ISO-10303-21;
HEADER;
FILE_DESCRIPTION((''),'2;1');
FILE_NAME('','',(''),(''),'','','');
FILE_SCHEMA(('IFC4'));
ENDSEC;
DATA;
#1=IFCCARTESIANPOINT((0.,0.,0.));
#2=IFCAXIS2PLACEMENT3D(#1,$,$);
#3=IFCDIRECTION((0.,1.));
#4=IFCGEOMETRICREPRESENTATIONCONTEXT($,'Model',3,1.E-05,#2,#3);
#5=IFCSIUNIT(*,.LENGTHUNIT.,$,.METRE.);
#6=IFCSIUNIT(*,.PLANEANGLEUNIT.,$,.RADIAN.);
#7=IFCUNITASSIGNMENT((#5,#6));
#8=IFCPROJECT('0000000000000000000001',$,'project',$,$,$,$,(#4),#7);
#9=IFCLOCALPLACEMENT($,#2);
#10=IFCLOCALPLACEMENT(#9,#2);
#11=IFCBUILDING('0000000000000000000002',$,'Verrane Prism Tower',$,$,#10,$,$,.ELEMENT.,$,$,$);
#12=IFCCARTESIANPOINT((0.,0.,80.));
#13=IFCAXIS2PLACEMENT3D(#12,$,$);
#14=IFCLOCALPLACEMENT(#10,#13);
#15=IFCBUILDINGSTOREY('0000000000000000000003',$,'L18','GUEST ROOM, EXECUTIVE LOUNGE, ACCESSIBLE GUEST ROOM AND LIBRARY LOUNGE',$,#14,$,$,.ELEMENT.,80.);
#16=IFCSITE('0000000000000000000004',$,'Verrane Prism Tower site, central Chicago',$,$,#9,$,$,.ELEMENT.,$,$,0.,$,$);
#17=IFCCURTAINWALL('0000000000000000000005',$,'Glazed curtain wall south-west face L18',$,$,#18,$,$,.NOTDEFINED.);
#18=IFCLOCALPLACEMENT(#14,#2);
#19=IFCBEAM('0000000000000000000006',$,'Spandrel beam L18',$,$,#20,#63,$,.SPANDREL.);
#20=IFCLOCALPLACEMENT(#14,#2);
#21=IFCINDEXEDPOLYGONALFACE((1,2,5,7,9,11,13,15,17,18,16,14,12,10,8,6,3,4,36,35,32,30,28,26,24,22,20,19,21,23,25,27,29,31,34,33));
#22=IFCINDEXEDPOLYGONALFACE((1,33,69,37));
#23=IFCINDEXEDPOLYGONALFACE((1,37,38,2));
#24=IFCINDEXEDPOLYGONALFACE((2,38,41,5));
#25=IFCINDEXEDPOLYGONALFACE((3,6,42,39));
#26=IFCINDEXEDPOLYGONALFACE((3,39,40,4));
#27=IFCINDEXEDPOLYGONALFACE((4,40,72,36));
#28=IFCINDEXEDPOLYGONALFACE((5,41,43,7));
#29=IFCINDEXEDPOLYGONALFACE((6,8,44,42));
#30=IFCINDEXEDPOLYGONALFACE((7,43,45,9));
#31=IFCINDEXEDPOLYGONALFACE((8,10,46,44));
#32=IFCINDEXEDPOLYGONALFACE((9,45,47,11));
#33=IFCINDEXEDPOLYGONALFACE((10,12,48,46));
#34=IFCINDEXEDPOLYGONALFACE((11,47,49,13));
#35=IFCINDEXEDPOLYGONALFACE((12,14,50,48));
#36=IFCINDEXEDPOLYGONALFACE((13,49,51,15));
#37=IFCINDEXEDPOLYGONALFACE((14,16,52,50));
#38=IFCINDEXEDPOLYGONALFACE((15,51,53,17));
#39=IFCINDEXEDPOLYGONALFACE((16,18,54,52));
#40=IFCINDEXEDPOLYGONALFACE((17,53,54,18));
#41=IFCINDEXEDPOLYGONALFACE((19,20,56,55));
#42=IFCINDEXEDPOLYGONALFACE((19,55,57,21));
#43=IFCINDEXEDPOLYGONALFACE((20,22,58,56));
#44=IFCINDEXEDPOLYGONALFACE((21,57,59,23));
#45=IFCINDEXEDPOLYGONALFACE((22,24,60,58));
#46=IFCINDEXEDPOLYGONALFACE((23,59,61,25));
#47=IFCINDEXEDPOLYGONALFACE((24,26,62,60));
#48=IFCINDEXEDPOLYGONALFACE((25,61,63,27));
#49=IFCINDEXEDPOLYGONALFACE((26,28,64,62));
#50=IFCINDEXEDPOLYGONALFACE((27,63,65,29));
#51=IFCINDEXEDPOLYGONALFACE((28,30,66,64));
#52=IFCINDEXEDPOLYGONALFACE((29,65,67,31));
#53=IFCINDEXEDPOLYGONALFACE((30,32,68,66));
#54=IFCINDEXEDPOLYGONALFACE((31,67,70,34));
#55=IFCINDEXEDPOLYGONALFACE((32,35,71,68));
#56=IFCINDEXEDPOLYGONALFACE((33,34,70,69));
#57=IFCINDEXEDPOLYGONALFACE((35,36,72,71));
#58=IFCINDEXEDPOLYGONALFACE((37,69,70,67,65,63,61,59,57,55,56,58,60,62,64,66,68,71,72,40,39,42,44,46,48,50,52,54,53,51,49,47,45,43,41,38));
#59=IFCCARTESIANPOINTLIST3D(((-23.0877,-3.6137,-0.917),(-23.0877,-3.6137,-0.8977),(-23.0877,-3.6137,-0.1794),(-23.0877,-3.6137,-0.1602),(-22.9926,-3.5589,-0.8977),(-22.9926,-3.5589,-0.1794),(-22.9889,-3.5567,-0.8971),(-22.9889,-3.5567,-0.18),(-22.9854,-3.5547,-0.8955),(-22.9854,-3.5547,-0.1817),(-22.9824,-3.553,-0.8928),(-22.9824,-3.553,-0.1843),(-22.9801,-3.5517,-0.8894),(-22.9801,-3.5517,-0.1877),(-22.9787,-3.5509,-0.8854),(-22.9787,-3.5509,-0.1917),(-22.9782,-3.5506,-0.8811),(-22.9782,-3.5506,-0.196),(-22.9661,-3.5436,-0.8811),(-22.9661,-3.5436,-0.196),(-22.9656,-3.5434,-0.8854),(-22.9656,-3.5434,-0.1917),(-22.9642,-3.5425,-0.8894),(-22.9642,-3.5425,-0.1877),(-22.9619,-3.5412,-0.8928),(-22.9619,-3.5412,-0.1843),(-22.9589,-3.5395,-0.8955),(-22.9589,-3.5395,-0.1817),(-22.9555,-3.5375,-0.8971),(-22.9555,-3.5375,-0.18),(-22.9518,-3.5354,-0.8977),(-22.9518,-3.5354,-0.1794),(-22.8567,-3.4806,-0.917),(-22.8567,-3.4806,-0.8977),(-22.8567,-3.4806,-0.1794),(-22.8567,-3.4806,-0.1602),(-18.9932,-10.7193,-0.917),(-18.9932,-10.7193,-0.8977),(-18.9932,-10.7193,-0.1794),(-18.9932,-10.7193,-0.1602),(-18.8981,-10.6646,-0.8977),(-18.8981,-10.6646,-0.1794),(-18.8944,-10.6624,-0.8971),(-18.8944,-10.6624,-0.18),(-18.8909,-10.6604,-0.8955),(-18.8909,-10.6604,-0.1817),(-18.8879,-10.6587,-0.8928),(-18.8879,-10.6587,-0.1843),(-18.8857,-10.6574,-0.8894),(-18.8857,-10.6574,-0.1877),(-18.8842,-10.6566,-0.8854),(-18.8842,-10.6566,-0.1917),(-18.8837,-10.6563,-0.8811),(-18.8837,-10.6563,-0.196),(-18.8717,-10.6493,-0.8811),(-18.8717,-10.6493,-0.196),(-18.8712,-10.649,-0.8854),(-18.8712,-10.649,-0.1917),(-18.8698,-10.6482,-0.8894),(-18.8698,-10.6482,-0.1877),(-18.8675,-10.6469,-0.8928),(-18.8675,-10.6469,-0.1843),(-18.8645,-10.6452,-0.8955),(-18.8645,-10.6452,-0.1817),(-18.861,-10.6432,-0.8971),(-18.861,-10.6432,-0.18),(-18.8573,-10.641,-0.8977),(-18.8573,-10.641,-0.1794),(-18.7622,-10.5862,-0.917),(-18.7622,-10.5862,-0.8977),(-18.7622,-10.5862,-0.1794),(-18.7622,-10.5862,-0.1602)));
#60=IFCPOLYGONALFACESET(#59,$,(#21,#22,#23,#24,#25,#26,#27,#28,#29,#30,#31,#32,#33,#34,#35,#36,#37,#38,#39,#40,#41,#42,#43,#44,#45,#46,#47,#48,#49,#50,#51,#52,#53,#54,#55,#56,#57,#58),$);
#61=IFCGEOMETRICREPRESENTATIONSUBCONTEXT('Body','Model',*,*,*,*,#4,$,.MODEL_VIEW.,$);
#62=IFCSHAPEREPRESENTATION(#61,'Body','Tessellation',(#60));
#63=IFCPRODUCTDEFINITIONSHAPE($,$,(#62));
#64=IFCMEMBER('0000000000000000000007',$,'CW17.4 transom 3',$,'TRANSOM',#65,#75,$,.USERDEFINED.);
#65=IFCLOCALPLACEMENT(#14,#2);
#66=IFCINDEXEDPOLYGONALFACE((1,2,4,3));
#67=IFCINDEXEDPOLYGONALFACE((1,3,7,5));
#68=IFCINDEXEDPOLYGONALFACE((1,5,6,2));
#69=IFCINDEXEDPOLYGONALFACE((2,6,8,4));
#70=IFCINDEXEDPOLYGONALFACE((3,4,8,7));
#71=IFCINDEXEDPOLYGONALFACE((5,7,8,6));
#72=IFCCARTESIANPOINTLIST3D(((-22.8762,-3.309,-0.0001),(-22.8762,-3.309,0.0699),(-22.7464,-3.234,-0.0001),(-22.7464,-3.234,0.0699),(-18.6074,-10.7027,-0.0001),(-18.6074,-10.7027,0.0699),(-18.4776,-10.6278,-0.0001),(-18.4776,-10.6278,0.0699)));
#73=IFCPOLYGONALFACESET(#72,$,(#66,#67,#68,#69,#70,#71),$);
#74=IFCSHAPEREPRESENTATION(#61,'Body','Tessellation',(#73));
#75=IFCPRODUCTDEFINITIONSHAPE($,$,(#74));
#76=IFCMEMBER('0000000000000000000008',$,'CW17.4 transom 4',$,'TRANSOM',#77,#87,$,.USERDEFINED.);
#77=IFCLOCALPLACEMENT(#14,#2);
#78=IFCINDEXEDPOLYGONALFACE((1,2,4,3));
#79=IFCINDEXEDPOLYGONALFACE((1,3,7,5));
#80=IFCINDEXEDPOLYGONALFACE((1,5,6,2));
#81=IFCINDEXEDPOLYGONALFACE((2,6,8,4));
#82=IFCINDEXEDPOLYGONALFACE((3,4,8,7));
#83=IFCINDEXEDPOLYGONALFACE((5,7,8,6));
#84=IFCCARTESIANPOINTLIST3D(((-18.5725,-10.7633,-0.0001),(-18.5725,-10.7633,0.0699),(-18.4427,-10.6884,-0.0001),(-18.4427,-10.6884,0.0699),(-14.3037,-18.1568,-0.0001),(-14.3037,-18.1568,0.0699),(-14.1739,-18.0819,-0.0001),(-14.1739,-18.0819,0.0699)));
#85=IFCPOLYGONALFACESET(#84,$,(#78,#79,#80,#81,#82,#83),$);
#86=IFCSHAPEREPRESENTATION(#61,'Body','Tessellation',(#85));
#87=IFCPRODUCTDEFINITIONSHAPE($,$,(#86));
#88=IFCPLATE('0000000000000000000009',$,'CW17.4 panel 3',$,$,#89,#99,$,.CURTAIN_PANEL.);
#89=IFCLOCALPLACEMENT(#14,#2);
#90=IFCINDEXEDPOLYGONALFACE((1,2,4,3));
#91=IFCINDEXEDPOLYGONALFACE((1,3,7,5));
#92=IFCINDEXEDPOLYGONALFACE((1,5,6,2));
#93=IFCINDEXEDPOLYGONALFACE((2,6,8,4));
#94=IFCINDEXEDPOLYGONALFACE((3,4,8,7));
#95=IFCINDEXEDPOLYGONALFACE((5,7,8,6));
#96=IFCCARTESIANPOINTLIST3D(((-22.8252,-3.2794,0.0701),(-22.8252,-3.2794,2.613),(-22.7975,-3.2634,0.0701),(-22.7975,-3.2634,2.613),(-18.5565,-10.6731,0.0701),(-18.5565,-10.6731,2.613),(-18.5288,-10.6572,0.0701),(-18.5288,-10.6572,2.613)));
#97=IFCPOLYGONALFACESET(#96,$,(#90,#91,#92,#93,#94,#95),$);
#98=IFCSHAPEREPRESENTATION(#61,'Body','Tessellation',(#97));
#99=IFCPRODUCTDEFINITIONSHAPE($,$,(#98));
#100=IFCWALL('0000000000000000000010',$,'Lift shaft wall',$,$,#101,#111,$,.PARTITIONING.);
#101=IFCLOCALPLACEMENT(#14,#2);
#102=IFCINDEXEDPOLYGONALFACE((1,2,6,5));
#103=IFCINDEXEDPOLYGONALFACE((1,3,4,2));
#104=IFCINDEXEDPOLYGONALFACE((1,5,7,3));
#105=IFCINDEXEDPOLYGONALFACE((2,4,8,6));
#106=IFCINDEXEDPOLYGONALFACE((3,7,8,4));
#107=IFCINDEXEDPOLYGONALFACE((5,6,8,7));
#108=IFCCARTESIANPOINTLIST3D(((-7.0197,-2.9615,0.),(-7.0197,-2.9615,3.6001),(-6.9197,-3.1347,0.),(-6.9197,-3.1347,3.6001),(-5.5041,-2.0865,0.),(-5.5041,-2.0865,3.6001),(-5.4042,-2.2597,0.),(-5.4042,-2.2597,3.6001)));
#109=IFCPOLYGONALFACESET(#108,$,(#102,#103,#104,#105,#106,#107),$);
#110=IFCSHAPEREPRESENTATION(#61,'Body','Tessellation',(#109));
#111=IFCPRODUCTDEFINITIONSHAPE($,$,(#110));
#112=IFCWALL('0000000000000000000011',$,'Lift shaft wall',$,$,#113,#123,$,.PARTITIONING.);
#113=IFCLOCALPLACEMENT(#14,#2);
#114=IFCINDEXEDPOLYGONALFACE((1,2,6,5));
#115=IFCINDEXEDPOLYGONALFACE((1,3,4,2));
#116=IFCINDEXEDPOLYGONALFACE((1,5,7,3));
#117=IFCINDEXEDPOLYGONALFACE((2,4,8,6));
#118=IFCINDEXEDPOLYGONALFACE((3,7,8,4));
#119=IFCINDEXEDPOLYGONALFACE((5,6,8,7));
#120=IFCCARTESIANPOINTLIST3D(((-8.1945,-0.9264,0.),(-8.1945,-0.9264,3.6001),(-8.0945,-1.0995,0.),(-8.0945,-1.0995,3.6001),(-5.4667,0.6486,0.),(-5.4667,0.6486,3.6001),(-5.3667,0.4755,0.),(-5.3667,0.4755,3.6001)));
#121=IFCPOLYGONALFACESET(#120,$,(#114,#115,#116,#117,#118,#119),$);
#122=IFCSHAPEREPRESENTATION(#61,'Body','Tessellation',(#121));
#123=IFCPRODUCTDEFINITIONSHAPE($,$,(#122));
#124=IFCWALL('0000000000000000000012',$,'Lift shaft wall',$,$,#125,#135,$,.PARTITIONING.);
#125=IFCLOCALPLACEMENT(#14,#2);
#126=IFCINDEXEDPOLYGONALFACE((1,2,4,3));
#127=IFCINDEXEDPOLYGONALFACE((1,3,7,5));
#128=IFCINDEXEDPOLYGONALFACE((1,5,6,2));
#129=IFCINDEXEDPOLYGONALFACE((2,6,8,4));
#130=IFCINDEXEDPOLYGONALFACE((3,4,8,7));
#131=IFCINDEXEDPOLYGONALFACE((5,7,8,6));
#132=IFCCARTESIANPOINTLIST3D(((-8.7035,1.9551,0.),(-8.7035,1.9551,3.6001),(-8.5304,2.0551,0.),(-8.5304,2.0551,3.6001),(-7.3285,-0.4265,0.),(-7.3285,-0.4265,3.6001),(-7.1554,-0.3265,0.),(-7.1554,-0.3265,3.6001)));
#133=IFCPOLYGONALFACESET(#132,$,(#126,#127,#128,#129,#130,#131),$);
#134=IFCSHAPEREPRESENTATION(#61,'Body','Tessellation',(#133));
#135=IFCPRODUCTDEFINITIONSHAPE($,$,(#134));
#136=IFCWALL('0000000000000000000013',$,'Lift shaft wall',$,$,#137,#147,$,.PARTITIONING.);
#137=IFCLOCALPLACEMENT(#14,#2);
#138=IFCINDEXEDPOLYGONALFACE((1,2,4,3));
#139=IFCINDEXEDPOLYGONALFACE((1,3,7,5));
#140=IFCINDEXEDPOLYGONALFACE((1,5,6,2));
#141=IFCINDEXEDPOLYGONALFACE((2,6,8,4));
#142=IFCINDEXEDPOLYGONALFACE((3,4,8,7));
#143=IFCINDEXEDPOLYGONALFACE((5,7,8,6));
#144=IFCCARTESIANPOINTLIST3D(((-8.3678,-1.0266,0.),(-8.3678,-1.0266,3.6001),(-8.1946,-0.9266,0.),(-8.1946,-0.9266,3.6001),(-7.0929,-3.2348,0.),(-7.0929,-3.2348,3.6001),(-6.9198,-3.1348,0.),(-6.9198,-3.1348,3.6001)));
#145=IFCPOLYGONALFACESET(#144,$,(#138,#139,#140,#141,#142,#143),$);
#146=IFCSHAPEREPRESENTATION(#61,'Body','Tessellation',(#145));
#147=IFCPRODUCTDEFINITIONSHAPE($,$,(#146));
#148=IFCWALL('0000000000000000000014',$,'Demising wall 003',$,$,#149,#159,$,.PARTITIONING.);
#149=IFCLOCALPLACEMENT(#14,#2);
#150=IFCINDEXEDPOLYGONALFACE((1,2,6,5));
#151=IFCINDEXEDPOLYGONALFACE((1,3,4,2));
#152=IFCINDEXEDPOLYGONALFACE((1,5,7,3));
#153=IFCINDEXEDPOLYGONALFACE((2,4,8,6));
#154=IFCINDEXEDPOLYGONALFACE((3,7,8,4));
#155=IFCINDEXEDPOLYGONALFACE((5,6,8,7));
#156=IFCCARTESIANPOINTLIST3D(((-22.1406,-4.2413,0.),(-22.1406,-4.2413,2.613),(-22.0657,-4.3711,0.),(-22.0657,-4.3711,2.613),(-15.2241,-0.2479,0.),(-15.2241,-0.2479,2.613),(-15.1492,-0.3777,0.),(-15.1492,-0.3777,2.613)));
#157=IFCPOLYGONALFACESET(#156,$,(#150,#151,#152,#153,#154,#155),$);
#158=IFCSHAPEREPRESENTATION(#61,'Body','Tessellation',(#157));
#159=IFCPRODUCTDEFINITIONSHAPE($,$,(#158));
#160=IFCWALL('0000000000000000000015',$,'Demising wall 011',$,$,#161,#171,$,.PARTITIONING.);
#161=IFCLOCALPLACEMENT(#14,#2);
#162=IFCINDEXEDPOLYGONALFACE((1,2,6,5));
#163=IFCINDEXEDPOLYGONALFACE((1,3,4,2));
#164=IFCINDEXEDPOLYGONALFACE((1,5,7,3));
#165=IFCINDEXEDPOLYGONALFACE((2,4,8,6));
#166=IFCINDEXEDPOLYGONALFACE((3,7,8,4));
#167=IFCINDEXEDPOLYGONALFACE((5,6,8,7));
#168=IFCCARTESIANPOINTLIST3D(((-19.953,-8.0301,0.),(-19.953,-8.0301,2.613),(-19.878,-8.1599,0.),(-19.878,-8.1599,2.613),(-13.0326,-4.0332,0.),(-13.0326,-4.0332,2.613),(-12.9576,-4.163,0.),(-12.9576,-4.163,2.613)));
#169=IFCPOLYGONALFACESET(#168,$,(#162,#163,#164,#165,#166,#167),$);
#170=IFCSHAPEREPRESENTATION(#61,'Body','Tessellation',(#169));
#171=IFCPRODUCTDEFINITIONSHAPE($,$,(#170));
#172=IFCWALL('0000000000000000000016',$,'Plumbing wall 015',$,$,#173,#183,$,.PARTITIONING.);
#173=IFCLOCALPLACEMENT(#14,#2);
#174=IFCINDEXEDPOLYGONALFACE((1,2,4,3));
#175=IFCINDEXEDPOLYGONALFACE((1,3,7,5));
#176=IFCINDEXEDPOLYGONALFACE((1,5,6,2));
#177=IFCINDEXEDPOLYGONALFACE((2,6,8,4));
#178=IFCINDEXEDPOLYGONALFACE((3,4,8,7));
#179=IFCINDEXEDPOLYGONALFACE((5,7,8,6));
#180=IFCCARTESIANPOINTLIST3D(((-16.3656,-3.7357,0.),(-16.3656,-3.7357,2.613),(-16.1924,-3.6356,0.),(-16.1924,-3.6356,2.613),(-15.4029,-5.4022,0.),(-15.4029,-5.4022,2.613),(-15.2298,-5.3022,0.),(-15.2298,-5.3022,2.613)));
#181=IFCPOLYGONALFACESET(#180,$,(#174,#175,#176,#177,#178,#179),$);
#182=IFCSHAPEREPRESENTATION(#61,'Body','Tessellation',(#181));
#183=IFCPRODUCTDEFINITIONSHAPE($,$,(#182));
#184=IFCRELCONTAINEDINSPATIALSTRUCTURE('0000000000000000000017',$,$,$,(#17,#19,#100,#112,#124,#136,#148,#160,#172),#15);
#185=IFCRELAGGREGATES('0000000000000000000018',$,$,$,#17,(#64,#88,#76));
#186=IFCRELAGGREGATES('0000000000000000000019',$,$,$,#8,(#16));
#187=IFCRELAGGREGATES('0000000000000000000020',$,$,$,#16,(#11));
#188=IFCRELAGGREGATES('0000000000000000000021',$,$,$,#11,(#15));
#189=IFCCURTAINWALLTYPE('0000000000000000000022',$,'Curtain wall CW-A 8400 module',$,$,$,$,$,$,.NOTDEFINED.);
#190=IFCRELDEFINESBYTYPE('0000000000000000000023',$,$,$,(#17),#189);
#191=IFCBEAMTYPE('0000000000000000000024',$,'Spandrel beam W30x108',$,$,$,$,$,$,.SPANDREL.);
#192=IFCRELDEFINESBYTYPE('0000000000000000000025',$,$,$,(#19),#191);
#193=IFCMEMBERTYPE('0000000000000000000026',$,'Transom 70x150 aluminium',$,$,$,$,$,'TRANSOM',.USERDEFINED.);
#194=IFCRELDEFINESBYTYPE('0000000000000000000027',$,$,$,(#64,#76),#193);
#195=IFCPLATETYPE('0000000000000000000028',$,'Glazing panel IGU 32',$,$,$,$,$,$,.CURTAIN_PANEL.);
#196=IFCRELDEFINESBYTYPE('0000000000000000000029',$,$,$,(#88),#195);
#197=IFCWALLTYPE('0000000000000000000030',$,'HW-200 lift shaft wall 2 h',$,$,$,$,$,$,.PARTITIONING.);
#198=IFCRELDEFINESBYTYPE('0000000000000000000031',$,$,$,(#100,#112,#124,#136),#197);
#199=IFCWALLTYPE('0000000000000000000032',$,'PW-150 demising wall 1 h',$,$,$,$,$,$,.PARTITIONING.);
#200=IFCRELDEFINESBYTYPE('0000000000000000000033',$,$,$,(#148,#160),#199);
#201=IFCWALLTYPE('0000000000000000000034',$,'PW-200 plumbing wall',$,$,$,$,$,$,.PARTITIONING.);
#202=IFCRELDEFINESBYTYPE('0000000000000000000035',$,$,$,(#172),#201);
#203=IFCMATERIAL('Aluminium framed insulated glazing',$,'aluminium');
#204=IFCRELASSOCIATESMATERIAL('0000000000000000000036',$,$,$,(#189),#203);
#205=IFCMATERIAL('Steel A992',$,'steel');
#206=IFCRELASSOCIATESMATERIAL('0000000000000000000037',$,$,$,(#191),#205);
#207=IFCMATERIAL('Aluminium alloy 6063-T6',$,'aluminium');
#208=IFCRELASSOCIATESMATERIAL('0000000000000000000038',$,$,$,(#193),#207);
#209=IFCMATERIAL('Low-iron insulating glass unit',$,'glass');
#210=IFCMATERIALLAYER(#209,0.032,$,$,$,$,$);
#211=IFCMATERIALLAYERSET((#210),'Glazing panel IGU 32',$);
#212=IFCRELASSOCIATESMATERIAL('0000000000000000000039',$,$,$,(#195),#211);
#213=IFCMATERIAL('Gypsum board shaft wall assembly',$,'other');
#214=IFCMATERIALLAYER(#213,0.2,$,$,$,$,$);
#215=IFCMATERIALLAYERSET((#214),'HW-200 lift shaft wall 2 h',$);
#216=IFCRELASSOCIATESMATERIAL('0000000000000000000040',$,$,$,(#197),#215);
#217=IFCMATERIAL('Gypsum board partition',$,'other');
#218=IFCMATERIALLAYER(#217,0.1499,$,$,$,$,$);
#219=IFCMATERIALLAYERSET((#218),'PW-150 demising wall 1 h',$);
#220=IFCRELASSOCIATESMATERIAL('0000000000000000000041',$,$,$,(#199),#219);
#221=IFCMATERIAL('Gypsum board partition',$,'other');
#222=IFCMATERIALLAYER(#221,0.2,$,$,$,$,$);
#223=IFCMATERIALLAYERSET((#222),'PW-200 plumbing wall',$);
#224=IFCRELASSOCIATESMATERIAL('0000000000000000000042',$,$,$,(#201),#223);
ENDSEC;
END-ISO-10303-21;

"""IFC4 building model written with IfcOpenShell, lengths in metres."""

from ifc_helpers import new_model, si_unit, direction, frame, frame_2d, origin, origin_2d, place, context, subcontext, project, spatial, rectangle, i_section, extrude, material, layer, layer_set, material_profile, profile_set, type_object, element, aggregate, save


model = new_model("IFC4")

# Units and contexts
model_context = context("Model", 3, precision=1e-05, world=origin(), true_north=direction((0.0, 1.0)))
body_context = subcontext(model_context, "Body", "Model", "MODEL_VIEW")
ifc_project = project(units=[si_unit("LENGTHUNIT", "METRE"), si_unit("PLANEANGLEUNIT", "RADIAN")], contexts=[model_context])

# Site, building, storey
site_placement = place(None, origin())
site = spatial("IfcSite", under=ifc_project, at=site_placement, Name="Verrane Prism Tower site, central Chicago", CompositionType="ELEMENT", RefElevation=0.0)
building_placement = place(site_placement, origin())
building = spatial("IfcBuilding", under=site, at=building_placement, Name="Verrane Prism Tower", CompositionType="ELEMENT")
storey_placement = place(building_placement, frame((0.0, 0.0, 80.0)))
storey = spatial("IfcBuildingStorey", under=building, at=storey_placement, Name="L18", Description="GUEST ROOM, EXECUTIVE LOUNGE, ACCESSIBLE GUEST ROOM AND LIBRARY LOUNGE", CompositionType="ELEMENT", Elevation=80.0)

# Curtain wall
ifc_material_1 = material(Name="Aluminium framed insulated glazing", Category="aluminium")
curtain_wall_type = type_object("IfcCurtainWallType", Name="Curtain wall CW-A 8400 module", PredefinedType="NOTDEFINED", material=ifc_material_1)
curtain_wall_placement = place(storey_placement, origin())
curtain_wall = element("IfcCurtainWall", 1, at=curtain_wall_placement, inside=storey, type_object=curtain_wall_type, Name="Glazed curtain wall south-west face L18", PredefinedType="NOTDEFINED")

# Beam
ifc_material_2 = material(Name="Steel A992", Category="steel")
ifc_material_profile_1 = material_profile(ifc_material_2, i_section(OverallWidth=0.2666, OverallDepth=0.7568, WebThickness=0.0139, FlangeThickness=0.0193, FilletRadius=0.0166, at=origin_2d()), Name="W30x108")
ifc_profile_set_1 = profile_set([ifc_material_profile_1], Name="Steel A992")
beam_type_1 = type_object("IfcBeamType", Name="Spandrel beam W30x108", PredefinedType="SPANDREL", material=ifc_profile_set_1)
beam_1_placement = place(storey_placement, frame((-22.9722, -3.5471, -0.5386), z_axis=(0.499268, -0.866448, 0.0), x_axis=(0.866448, 0.499268, 0.0)))
element("IfcBeam", 2, at=beam_1_placement, inside=storey, type_object=beam_type_1, Name="Spandrel beam L18", PredefinedType="SPANDREL", context=body_context, shape_type="SweptSolid", body=[
    extrude(i_section(OverallWidth=0.2666, OverallDepth=0.7568, WebThickness=0.0139, FlangeThickness=0.0193, FilletRadius=0.0166, at=origin_2d()), origin(), (0.0, 0.0, 1.0), 8.2009),
])

# Members
ifc_material_3 = material(Name="Aluminium alloy 6063-T6", Category="aluminium")
ifc_material_profile_2 = material_profile(ifc_material_3, rectangle(XDim=0.1499, YDim=0.0701, at=origin_2d()), Name="Transom 70x150 aluminium")
ifc_profile_set_2 = profile_set([ifc_material_profile_2], Name="Aluminium alloy 6063-T6")
member_type_1 = type_object("IfcMemberType", Name="Transom 70x150 aluminium", ElementType="TRANSOM", PredefinedType="USERDEFINED", material=ifc_profile_set_2)
member_1_placement = place(storey_placement, frame((-22.8113, -3.2715, 0.0349), z_axis=(0.499999, -0.866026, 0.0), x_axis=(0.866026, 0.499999, 0.0)))
member_1 = element("IfcMember", 3, at=member_1_placement, type_object=member_type_1, Name="CW17.4 transom 3", ObjectType="TRANSOM", PredefinedType="USERDEFINED", context=body_context, shape_type="SweptSolid", body=[
    extrude(rectangle(XDim=0.1499, YDim=0.0701, at=origin_2d()), origin(), (0.0, 0.0, 1.0), 8.5376),
])
member_2_placement = place(storey_placement, frame((-18.5076, -10.7258, 0.0349), z_axis=(0.500011, -0.866019, 0.0), x_axis=(0.866019, 0.500011, 0.0)))
member_2 = element("IfcMember", 4, at=member_2_placement, type_object=member_type_1, Name="CW17.4 transom 4", ObjectType="TRANSOM", PredefinedType="USERDEFINED", context=body_context, shape_type="SweptSolid", body=[
    extrude(rectangle(XDim=0.1499, YDim=0.0701, at=origin_2d()), origin(), (0.0, 0.0, 1.0), 8.5374),
])

# Plate
ifc_material_4 = material(Name="Low-iron insulating glass unit", Category="glass")
ifc_layer_1 = layer(ifc_material_4, 0.032)
ifc_layer_set_1 = layer_set([ifc_layer_1], Name="Glazing panel IGU 32")
plate_type = type_object("IfcPlateType", Name="Glazing panel IGU 32", PredefinedType="CURTAIN_PANEL", material=ifc_layer_set_1)
plate_placement = place(storey_placement, frame((-20.677, -6.9683, 0.0701), z_axis=(0.0, 0.0, 1.0), x_axis=(0.499999, -0.866026, 0.0)))
plate = element("IfcPlate", 5, at=plate_placement, type_object=plate_type, Name="CW17.4 panel 3", PredefinedType="CURTAIN_PANEL", context=body_context, shape_type="SweptSolid", body=[
    extrude(rectangle(XDim=8.5376, YDim=0.032, at=origin_2d()), origin(), (0.0, 0.0, 1.0), 2.543),
])
aggregate(curtain_wall, [member_1, plate, member_2])

# Walls
ifc_material_5 = material(Name="Gypsum board shaft wall assembly", Category="other")
ifc_layer_2 = layer(ifc_material_5, 0.2)
ifc_layer_set_2 = layer_set([ifc_layer_2], Name="HW-200 lift shaft wall 2 h")
wall_type_1 = type_object("IfcWallType", Name="HW-200 lift shaft wall 2 h", PredefinedType="PARTITIONING", material=ifc_layer_set_2)
wall_1_placement = place(storey_placement, frame((-6.9697, -3.0481, 0.0), z_axis=(0.0, 0.0, 1.0), x_axis=(0.866037, 0.49998, 0.0)))
element("IfcWall", 6, at=wall_1_placement, inside=storey, type_object=wall_type_1, Name="Lift shaft wall", PredefinedType="PARTITIONING", context=body_context, shape_type="SweptSolid", body=[
    extrude(rectangle(XDim=1.75, YDim=0.2, at=frame_2d((0.875, 0.0))), origin(), (0.0, 0.0, 1.0), 3.6001),
])
wall_2_placement = place(storey_placement, frame((-8.1445, -1.0129, 0.0), z_axis=(0.0, 0.0, 1.0), x_axis=(0.866016, 0.500015, 0.0)))
element("IfcWall", 7, at=wall_2_placement, inside=storey, type_object=wall_type_1, Name="Lift shaft wall", PredefinedType="PARTITIONING", context=body_context, shape_type="SweptSolid", body=[
    extrude(rectangle(XDim=3.1499, YDim=0.2, at=frame_2d((1.575, 0.0))), origin(), (0.0, 0.0, 1.0), 3.6001),
])
wall_3_placement = place(storey_placement, frame((-7.2419, -0.3765, 0.0), z_axis=(0.0, 0.0, 1.0), x_axis=(-0.499997, 0.866027, 0.0)))
element("IfcWall", 8, at=wall_3_placement, inside=storey, type_object=wall_type_1, Name="Lift shaft wall", PredefinedType="PARTITIONING", context=body_context, shape_type="SweptSolid", body=[
    extrude(rectangle(XDim=2.75, YDim=0.2, at=frame_2d((1.375, 0.0))), origin(), (0.0, 0.0, 1.0), 3.6001),
])
wall_4_placement = place(storey_placement, frame((-7.0063, -3.1848, 0.0), z_axis=(0.0, 0.0, 1.0), x_axis=(-0.49999, 0.866031, 0.0)))
element("IfcWall", 9, at=wall_4_placement, inside=storey, type_object=wall_type_1, Name="Lift shaft wall", PredefinedType="PARTITIONING", context=body_context, shape_type="SweptSolid", body=[
    extrude(rectangle(XDim=2.5498, YDim=0.2, at=frame_2d((1.2749, 0.0))), origin(), (0.0, 0.0, 1.0), 3.6001),
])
ifc_material_6 = material(Name="Gypsum board partition", Category="other")
ifc_layer_3 = layer(ifc_material_6, 0.1499)
ifc_layer_set_3 = layer_set([ifc_layer_3], Name="PW-150 demising wall 1 h")
wall_type_2 = type_object("IfcWallType", Name="PW-150 demising wall 1 h", PredefinedType="PARTITIONING", material=ifc_layer_set_3)
wall_5_placement = place(storey_placement, frame((-22.103, -4.3062, 0.0), z_axis=(0.0, 0.0, 1.0), x_axis=(0.866017, 0.500015, 0.0)))
element("IfcWall", 10, at=wall_5_placement, inside=storey, type_object=wall_type_2, Name="Demising wall 003", PredefinedType="PARTITIONING", context=body_context, shape_type="SweptSolid", body=[
    extrude(rectangle(XDim=7.9866, YDim=0.1499, at=frame_2d((3.9932, 0.0))), origin(), (0.0, 0.0, 1.0), 2.613),
])
wall_6_placement = place(storey_placement, frame((-19.9155, -8.095, 0.0), z_axis=(0.0, 0.0, 1.0), x_axis=(0.865954, 0.500124, 0.0)))
element("IfcWall", 11, at=wall_6_placement, inside=storey, type_object=wall_type_2, Name="Demising wall 011", PredefinedType="PARTITIONING", context=body_context, shape_type="SweptSolid", body=[
    extrude(rectangle(XDim=7.9917, YDim=0.1499, at=frame_2d((3.9958, 0.0))), origin(), (0.0, 0.0, 1.0), 2.613),
])
ifc_material_7 = material(Name="Gypsum board partition", Category="other")
ifc_layer_4 = layer(ifc_material_7, 0.2)
ifc_layer_set_4 = layer_set([ifc_layer_4], Name="PW-200 plumbing wall")
wall_type_3 = type_object("IfcWallType", Name="PW-200 plumbing wall", PredefinedType="PARTITIONING", material=ifc_layer_set_4)
wall_7_placement = place(storey_placement, frame((-16.2791, -3.6855, 0.0), z_axis=(0.0, 0.0, 1.0), x_axis=(0.500191, -0.865915, 0.0)))
element("IfcWall", 12, at=wall_7_placement, inside=storey, type_object=wall_type_3, Name="Plumbing wall 015", PredefinedType="PARTITIONING", context=body_context, shape_type="SweptSolid", body=[
    extrude(rectangle(XDim=1.9246, YDim=0.2, at=frame_2d((0.9624, 0.0))), origin(), (0.0, 0.0, 1.0), 2.613),
])

save(model, "model.ifc")
